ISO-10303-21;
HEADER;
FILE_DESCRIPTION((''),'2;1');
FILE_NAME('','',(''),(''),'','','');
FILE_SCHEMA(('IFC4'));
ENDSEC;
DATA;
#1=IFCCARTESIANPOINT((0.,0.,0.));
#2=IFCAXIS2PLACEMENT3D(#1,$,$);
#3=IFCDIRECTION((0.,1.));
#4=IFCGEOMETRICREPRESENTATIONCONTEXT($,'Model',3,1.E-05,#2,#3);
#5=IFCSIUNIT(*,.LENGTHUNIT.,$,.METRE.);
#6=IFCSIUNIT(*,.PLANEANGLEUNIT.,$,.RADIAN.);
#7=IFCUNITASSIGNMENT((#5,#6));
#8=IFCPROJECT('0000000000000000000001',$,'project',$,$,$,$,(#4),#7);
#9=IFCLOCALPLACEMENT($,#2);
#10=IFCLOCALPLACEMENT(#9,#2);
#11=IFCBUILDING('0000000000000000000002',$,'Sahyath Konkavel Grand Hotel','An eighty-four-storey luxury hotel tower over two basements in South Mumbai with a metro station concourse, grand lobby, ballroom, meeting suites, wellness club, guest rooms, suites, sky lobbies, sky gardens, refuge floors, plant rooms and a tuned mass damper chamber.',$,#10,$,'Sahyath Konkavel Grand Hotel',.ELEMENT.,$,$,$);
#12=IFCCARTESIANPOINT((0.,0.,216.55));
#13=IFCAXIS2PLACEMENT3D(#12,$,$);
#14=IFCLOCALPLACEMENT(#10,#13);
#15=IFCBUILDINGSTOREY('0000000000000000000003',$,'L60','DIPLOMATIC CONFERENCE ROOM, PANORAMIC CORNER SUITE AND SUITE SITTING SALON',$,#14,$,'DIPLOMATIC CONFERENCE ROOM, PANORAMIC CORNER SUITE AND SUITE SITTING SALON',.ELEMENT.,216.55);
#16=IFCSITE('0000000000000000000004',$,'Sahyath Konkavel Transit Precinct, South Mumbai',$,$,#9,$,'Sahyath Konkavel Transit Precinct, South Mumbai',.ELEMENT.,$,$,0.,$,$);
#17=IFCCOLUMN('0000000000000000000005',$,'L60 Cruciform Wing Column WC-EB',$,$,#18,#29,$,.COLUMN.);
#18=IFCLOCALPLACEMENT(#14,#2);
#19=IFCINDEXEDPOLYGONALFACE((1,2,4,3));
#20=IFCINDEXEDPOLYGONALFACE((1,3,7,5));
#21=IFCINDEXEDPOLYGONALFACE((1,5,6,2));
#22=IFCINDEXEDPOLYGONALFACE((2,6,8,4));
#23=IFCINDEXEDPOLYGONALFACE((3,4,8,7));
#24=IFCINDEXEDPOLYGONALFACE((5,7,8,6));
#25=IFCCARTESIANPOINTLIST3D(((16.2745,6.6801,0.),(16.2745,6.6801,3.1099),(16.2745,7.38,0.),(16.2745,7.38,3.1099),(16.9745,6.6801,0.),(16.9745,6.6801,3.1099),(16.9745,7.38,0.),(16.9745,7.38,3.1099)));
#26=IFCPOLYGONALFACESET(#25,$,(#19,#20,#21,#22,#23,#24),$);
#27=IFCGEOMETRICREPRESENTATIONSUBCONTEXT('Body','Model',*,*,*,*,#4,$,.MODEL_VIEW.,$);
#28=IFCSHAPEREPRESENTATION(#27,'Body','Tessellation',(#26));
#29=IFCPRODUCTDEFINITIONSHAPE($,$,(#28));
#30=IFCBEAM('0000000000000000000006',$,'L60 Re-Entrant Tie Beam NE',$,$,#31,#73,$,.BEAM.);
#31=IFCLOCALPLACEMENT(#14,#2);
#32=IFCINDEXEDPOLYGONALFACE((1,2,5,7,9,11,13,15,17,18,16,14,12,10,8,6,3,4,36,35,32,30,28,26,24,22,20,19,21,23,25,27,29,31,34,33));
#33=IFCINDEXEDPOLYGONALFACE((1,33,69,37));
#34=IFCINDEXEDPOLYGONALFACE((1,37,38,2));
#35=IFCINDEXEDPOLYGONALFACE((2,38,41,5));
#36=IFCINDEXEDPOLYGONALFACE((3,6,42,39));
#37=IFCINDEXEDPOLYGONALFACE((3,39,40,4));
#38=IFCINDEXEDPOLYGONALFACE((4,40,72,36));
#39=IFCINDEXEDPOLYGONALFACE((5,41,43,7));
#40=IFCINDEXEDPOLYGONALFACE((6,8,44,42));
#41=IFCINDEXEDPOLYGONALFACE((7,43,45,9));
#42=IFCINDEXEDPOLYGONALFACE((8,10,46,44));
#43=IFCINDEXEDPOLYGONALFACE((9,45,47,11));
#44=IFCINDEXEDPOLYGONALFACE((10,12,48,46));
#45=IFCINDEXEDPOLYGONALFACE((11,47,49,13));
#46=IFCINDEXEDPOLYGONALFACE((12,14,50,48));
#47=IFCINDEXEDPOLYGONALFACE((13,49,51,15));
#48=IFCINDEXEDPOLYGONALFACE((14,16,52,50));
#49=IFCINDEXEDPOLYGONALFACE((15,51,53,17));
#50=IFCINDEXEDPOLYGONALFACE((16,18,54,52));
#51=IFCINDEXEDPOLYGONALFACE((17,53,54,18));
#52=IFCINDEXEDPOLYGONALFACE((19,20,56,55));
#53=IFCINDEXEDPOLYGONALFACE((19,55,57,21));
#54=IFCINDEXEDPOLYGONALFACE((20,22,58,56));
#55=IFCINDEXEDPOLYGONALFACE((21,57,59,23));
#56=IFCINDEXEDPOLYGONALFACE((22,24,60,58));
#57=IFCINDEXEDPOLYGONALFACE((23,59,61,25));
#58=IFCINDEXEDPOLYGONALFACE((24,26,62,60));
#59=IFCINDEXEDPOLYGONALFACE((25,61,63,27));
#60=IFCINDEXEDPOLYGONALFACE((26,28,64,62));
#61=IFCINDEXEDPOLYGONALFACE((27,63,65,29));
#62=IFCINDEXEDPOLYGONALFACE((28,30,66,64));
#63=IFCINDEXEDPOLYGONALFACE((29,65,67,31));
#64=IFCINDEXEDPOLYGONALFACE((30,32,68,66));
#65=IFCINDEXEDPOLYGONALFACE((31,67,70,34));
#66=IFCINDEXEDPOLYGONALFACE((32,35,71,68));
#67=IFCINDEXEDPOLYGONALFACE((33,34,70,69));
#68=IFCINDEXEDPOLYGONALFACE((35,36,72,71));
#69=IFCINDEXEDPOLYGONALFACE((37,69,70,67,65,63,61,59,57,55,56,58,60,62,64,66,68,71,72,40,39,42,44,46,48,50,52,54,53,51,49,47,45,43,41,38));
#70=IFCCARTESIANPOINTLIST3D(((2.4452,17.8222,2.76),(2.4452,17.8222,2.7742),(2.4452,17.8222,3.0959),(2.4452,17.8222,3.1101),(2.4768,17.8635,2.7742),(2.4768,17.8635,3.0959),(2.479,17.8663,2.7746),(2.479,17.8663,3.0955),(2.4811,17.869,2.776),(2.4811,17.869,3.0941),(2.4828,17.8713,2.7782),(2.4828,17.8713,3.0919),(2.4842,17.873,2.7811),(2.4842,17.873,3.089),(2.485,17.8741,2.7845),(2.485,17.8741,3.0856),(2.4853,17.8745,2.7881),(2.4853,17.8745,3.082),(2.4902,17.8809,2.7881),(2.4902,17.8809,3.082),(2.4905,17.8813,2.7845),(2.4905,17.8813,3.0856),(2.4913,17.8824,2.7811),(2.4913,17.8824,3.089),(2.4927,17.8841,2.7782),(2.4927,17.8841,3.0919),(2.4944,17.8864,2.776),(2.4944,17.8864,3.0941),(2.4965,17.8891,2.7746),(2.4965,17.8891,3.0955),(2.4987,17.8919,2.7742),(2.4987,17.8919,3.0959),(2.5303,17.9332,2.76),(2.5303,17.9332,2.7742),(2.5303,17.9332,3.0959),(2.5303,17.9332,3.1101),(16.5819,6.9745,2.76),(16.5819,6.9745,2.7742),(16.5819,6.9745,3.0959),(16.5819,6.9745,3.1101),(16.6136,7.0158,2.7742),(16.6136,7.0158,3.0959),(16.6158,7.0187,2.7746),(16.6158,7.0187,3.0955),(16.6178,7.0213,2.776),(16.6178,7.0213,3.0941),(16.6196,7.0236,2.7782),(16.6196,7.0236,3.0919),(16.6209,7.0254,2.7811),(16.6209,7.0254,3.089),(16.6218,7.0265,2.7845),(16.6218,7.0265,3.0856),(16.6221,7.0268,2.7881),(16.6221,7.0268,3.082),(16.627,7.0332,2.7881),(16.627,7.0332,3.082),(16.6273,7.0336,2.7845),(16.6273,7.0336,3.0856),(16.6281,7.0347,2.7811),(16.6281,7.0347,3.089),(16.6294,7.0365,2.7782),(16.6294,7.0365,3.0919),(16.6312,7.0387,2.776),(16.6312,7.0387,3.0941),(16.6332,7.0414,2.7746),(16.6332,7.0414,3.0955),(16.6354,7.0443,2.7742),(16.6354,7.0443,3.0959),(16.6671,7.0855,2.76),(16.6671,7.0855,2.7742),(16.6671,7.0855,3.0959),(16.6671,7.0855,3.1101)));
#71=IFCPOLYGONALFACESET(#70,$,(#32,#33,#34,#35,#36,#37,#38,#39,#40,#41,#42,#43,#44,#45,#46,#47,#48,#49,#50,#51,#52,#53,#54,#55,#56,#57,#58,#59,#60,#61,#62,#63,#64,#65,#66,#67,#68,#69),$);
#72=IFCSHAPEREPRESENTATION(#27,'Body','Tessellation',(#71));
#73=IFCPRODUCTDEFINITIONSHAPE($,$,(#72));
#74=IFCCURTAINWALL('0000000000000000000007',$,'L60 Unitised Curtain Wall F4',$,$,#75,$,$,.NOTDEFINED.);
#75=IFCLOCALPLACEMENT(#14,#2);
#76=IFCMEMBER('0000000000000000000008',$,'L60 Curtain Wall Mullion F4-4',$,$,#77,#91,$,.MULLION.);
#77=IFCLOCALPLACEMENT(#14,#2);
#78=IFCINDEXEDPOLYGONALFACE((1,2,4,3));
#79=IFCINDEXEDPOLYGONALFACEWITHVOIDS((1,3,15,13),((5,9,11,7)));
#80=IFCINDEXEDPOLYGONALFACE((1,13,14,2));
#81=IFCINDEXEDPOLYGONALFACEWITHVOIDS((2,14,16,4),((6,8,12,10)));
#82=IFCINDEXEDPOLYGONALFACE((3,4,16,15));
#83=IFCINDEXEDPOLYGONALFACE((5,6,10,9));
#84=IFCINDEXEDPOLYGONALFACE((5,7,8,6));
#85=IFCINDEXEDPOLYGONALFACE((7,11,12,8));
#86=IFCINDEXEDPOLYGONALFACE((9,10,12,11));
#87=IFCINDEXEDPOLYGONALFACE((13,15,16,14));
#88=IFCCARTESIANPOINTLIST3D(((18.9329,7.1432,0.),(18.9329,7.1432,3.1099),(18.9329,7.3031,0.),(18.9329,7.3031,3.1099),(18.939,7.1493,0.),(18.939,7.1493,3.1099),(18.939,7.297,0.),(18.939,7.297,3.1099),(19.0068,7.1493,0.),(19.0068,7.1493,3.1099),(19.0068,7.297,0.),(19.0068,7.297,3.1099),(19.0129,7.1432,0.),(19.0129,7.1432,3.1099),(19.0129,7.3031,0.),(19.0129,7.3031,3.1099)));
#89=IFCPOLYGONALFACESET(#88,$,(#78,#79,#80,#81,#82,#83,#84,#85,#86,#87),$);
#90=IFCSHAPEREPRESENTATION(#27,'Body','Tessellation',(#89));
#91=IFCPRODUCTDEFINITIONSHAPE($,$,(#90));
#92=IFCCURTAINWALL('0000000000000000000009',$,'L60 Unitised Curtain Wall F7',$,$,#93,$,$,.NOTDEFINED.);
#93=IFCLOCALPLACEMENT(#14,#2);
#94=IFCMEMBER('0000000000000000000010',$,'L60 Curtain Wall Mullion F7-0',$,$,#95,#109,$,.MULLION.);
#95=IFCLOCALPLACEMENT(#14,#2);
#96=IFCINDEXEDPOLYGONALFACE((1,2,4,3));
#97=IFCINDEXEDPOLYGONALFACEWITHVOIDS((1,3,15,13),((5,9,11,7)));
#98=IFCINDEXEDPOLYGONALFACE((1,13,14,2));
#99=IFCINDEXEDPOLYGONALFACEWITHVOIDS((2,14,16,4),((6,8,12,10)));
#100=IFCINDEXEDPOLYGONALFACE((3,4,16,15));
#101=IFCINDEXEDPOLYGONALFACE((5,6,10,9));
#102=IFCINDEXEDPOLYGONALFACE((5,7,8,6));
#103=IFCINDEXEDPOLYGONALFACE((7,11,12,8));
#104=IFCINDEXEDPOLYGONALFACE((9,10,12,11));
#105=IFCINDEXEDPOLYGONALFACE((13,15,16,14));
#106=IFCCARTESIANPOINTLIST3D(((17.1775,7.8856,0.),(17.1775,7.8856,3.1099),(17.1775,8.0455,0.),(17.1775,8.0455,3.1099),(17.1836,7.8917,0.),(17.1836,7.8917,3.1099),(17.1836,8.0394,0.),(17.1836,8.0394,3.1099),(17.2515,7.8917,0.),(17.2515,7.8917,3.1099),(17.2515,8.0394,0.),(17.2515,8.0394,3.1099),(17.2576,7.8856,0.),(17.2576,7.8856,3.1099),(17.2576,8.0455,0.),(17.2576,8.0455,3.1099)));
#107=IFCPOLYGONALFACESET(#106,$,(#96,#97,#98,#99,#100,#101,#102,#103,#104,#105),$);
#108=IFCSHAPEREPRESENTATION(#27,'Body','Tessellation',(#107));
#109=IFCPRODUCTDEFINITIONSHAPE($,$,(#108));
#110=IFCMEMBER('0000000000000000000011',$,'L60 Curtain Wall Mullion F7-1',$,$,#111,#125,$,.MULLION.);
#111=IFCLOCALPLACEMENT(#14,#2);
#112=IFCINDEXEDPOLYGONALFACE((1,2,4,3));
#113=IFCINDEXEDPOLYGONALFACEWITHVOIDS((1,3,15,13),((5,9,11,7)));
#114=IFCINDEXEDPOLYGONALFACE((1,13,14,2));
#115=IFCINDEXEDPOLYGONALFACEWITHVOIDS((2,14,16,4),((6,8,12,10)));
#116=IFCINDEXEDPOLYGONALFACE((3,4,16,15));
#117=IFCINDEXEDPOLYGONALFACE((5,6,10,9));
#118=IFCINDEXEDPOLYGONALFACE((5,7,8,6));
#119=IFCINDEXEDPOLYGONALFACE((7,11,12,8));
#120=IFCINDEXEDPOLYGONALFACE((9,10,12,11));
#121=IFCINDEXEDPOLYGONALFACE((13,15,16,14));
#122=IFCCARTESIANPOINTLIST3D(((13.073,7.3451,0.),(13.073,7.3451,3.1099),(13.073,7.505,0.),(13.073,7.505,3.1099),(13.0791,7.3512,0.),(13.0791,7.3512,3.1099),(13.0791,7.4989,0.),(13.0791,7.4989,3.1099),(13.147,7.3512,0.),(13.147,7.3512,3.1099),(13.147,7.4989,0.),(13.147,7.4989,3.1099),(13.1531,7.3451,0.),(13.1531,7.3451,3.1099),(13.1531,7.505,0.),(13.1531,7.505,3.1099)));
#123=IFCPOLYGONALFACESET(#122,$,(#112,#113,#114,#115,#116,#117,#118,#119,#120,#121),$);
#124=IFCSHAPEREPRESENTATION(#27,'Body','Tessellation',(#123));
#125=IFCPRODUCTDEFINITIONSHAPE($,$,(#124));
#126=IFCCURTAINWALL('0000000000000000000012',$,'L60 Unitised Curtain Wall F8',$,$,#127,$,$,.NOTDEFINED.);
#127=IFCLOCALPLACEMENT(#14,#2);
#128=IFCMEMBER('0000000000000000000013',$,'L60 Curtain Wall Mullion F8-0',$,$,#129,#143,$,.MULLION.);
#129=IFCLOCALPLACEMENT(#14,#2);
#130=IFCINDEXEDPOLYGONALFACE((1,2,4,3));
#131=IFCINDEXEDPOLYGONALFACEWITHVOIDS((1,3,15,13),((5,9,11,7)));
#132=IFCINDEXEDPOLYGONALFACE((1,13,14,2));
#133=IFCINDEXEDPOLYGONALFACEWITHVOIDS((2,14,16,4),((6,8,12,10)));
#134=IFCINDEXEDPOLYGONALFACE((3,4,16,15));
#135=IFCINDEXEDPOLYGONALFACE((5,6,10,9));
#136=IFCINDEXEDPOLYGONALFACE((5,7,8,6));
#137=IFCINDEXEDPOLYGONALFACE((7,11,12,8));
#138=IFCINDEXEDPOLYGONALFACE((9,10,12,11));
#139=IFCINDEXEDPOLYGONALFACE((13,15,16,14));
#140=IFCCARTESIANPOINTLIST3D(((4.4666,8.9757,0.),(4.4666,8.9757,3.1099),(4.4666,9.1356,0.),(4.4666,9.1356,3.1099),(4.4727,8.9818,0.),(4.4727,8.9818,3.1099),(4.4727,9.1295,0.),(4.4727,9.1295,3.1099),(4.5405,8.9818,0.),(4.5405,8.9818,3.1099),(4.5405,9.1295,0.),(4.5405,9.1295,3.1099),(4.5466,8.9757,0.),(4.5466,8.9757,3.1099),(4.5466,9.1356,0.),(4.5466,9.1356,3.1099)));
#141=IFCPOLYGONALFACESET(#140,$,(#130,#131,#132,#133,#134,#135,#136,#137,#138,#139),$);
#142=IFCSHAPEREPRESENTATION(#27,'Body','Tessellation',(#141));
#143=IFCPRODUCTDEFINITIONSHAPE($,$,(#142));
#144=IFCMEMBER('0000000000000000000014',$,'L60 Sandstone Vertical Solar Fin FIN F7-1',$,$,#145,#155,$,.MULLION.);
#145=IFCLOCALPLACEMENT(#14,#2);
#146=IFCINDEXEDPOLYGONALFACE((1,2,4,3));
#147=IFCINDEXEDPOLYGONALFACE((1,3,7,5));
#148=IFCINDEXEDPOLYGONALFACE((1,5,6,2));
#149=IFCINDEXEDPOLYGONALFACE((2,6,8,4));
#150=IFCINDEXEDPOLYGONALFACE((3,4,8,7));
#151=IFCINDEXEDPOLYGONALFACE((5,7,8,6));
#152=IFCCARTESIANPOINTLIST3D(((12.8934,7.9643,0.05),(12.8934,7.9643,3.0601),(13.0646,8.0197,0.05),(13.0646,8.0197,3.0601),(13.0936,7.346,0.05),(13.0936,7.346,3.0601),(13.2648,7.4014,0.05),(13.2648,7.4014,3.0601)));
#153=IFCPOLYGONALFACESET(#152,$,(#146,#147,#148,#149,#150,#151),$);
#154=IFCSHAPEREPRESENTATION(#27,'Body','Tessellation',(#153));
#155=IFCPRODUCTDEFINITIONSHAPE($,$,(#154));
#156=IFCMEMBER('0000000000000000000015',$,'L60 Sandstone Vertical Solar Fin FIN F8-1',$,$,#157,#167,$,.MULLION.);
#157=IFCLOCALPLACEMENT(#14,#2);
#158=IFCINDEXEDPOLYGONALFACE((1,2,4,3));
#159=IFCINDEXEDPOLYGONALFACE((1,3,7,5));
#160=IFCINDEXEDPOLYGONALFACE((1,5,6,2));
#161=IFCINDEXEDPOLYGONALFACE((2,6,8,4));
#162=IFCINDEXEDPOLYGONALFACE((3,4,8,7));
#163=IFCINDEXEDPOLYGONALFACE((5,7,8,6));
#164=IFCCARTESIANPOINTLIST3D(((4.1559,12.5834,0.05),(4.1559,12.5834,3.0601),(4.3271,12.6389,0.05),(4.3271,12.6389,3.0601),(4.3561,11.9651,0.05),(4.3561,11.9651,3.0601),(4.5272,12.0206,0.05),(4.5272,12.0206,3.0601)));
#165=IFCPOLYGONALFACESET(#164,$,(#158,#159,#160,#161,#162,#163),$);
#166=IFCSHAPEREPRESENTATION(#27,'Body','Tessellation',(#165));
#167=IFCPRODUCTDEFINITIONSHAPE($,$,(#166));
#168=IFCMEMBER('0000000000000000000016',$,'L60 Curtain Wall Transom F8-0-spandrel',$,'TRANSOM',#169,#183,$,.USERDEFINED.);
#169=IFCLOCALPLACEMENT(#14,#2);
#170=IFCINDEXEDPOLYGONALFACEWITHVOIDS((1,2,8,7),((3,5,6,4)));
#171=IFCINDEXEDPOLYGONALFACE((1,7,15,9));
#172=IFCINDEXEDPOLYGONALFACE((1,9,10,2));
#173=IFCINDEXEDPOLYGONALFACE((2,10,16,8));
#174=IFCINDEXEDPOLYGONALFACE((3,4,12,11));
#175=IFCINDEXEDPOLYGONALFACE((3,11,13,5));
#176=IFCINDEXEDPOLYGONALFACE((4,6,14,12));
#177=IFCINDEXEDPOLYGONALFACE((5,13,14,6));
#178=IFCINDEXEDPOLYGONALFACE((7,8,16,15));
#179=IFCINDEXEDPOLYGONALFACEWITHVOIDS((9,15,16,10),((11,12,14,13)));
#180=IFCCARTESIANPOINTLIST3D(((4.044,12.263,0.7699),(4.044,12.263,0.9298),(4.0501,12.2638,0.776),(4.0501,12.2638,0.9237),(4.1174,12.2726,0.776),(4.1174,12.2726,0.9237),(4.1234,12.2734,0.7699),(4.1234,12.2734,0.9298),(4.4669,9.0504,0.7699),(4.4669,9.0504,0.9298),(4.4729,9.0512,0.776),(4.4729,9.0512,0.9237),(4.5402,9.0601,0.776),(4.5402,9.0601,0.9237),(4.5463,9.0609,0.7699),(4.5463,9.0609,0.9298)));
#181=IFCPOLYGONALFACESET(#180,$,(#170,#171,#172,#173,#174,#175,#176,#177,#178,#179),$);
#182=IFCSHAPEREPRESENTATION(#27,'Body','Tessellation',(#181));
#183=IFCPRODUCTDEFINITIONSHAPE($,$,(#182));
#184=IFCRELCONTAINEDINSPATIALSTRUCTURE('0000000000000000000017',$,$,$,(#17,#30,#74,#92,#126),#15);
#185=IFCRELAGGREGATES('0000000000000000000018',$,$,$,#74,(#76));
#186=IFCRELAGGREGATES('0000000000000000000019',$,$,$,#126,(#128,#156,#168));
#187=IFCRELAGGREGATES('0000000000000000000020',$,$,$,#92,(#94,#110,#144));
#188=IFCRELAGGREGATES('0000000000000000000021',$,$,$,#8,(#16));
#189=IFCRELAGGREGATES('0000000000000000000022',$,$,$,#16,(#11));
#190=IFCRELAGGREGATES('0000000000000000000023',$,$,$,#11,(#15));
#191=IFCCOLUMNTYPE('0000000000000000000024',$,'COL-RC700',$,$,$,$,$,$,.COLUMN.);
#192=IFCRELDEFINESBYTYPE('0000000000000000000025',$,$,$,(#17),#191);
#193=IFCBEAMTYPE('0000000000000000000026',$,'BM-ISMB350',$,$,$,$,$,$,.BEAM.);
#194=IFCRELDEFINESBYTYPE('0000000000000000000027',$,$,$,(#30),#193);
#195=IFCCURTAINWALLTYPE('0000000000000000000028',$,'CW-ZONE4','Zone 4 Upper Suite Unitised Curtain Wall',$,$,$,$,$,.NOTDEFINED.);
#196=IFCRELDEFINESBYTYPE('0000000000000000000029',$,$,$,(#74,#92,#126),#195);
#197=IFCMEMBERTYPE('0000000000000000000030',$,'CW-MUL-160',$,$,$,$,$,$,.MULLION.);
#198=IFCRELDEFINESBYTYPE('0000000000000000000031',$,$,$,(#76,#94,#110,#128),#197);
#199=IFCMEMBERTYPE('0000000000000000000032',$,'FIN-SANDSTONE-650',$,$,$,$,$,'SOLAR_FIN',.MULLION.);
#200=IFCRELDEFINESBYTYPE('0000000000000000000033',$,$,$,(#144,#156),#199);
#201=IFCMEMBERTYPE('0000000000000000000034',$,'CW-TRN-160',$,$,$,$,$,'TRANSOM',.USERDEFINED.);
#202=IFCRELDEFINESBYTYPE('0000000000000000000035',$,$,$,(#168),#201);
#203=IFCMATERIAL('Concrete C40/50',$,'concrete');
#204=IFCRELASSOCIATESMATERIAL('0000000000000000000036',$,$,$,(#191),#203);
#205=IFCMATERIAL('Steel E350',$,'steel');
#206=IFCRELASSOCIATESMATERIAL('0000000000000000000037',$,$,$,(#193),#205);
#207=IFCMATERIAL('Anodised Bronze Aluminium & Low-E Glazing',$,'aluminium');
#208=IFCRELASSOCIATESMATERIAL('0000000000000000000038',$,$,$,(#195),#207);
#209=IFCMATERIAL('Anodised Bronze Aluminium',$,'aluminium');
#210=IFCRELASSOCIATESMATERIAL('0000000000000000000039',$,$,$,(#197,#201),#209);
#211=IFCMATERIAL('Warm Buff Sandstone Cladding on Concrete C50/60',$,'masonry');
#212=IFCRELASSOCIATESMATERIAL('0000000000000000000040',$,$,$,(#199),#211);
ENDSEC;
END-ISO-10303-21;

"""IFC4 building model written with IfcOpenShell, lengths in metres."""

from ifc_helpers import new_model, si_unit, direction, frame, origin, origin_2d, place, context, subcontext, project, spatial, rectangle, hollow_rectangle, i_section, extrude, source, transform, mapped, material, material_profile, profile_set, type_object, element, aggregate, save


model = new_model("IFC4")

# Units and contexts
model_context = context("Model", 3, precision=1e-05, world=origin(), true_north=direction((0.0, 1.0)))
body_context = subcontext(model_context, "Body", "Model", "MODEL_VIEW")
ifc_project = project(units=[si_unit("LENGTHUNIT", "METRE"), si_unit("PLANEANGLEUNIT", "RADIAN")], contexts=[model_context])

# Site, building, storey
site_placement = place(None, origin())
site = spatial("IfcSite", under=ifc_project, at=site_placement, Name="Sahyath Konkavel Transit Precinct, South Mumbai", LongName="Sahyath Konkavel Transit Precinct, South Mumbai", CompositionType="ELEMENT", RefElevation=0.0)
building_placement = place(site_placement, origin())
building = spatial("IfcBuilding", under=site, at=building_placement, Name="Sahyath Konkavel Grand Hotel", Description="An eighty-four-storey luxury hotel tower over two basements in South Mumbai with a metro station concourse, grand lobby, ballroom, meeting suites, wellness club, guest rooms, suites, sky lobbies, sky gardens, refuge floors, plant rooms and a tuned mass damper chamber.", LongName="Sahyath Konkavel Grand Hotel", CompositionType="ELEMENT")
storey_placement = place(building_placement, frame((0.0, 0.0, 216.55)))
storey = spatial("IfcBuildingStorey", under=building, at=storey_placement, Name="L60", Description="DIPLOMATIC CONFERENCE ROOM, PANORAMIC CORNER SUITE AND SUITE SITTING SALON", LongName="DIPLOMATIC CONFERENCE ROOM, PANORAMIC CORNER SUITE AND SUITE SITTING SALON", CompositionType="ELEMENT", Elevation=216.55)

# Column
ifc_material_1 = material(Name="Concrete C40/50", Category="concrete")
ifc_material_profile_1 = material_profile(ifc_material_1, rectangle(XDim=0.7, YDim=0.7, at=origin_2d()), Name="RC 700x700")
ifc_profile_set_1 = profile_set([ifc_material_profile_1], Name="Concrete C40/50")
column_type = type_object("IfcColumnType", Name="COL-RC700", PredefinedType="COLUMN", material=ifc_profile_set_1)
shared_shape_1 = source(origin(), body_context, "Body", "SweptSolid", [
    extrude(rectangle(XDim=0.7, YDim=0.7, at=origin_2d()), origin(), (0.0, 0.0, 1.0), 3.1099),
])
column_placement = place(storey_placement, frame((16.6245, 7.03, 0.0), z_axis=(0.0, 0.0, 1.0), x_axis=(1.0, 0.0, 0.0)))
element("IfcColumn", 1, at=column_placement, inside=storey, type_object=column_type, Name="L60 Cruciform Wing Column WC-EB", PredefinedType="COLUMN", context=body_context, shape_type="MappedRepresentation", body=[
    mapped(shared_shape_1, transform((0.0, 0.0, 0.0), scale=1.0)),
])

# Beam
ifc_material_2 = material(Name="Steel E350", Category="steel")
ifc_material_profile_2 = material_profile(ifc_material_2, i_section(OverallWidth=0.1399, OverallDepth=0.3501, WebThickness=0.0081, FlangeThickness=0.0142, FilletRadius=0.0139, at=origin_2d()), Name="ISMB 350")
ifc_profile_set_2 = profile_set([ifc_material_profile_2], Name="Steel E350")
beam_type = type_object("IfcBeamType", Name="BM-ISMB350", PredefinedType="BEAM", material=ifc_profile_set_2)
shared_shape_2 = source(origin(), body_context, "Body", "SweptSolid", [
    extrude(i_section(OverallWidth=0.1399, OverallDepth=0.3501, WebThickness=0.0081, FlangeThickness=0.0142, FilletRadius=0.0139, at=origin_2d()), origin(), (0.0, 0.0, 1.0), 17.8191),
])
beam_placement = place(storey_placement, frame((16.6245, 7.03, 2.9351), z_axis=(-0.793349, 0.608767, 0.0), x_axis=(-0.608767, -0.793349, 0.0)))
element("IfcBeam", 2, at=beam_placement, inside=storey, type_object=beam_type, Name="L60 Re-Entrant Tie Beam NE", PredefinedType="BEAM", context=body_context, shape_type="MappedRepresentation", body=[
    mapped(shared_shape_2, transform((0.0, 0.0, 0.0), scale=1.0)),
])

# Curtain wall, member
ifc_material_3 = material(Name="Anodised Bronze Aluminium & Low-E Glazing", Category="aluminium")
curtain_wall_type = type_object("IfcCurtainWallType", Name="CW-ZONE4", Description="Zone 4 Upper Suite Unitised Curtain Wall", PredefinedType="NOTDEFINED", material=ifc_material_3)
curtain_wall_1_placement = place(storey_placement, origin())
curtain_wall_1 = element("IfcCurtainWall", 3, at=curtain_wall_1_placement, inside=storey, type_object=curtain_wall_type, Name="L60 Unitised Curtain Wall F4", PredefinedType="NOTDEFINED")
ifc_material_4 = material(Name="Anodised Bronze Aluminium", Category="aluminium")
ifc_material_profile_3 = material_profile(ifc_material_4, hollow_rectangle(XDim=0.0801, YDim=0.1599, WallThickness=0.0061, at=origin_2d()), Name="RHS 160x80x6")
ifc_profile_set_3 = profile_set([ifc_material_profile_3], Name="Anodised Bronze Aluminium")
member_type_1 = type_object("IfcMemberType", Name="CW-MUL-160", PredefinedType="MULLION", material=ifc_profile_set_3)
shared_shape_3 = source(origin(), body_context, "Body", "SweptSolid", [
    extrude(hollow_rectangle(XDim=0.0801, YDim=0.1599, WallThickness=0.0061, at=origin_2d()), origin(), (0.0, 0.0, 1.0), 3.1099),
])
member_1_placement = place(storey_placement, frame((18.9729, 7.2231, 0.0), z_axis=(0.0, 0.0, 1.0), x_axis=(1.0, 0.0, 0.0)))
member_1 = element("IfcMember", 4, at=member_1_placement, type_object=member_type_1, Name="L60 Curtain Wall Mullion F4-4", PredefinedType="MULLION", context=body_context, shape_type="MappedRepresentation", body=[
    mapped(shared_shape_3, transform((0.0, 0.0, 0.0), scale=1.0)),
])
aggregate(curtain_wall_1, [member_1])

# Curtain wall, members
curtain_wall_2_placement = place(storey_placement, origin())
curtain_wall_2 = element("IfcCurtainWall", 5, at=curtain_wall_2_placement, inside=storey, type_object=curtain_wall_type, Name="L60 Unitised Curtain Wall F7", PredefinedType="NOTDEFINED")
member_2_placement = place(storey_placement, frame((17.2175, 7.9656, 0.0), z_axis=(0.0, 0.0, 1.0), x_axis=(1.0, 0.0, 0.0)))
member_2 = element("IfcMember", 6, at=member_2_placement, type_object=member_type_1, Name="L60 Curtain Wall Mullion F7-0", PredefinedType="MULLION", context=body_context, shape_type="MappedRepresentation", body=[
    mapped(shared_shape_3, transform((0.0, 0.0, 0.0), scale=1.0)),
])
member_3_placement = place(storey_placement, frame((13.113, 7.425, 0.0), z_axis=(0.0, 0.0, 1.0), x_axis=(1.0, 0.0, 0.0)))
member_3 = element("IfcMember", 7, at=member_3_placement, type_object=member_type_1, Name="L60 Curtain Wall Mullion F7-1", PredefinedType="MULLION", context=body_context, shape_type="MappedRepresentation", body=[
    mapped(shared_shape_3, transform((0.0, 0.0, 0.0), scale=1.0)),
])

# Curtain wall, member
curtain_wall_3_placement = place(storey_placement, origin())
curtain_wall_3 = element("IfcCurtainWall", 8, at=curtain_wall_3_placement, inside=storey, type_object=curtain_wall_type, Name="L60 Unitised Curtain Wall F8", PredefinedType="NOTDEFINED")
member_4_placement = place(storey_placement, frame((4.5066, 9.0557, 0.0), z_axis=(0.0, 0.0, 1.0), x_axis=(1.0, 0.0, 0.0)))
member_4 = element("IfcMember", 9, at=member_4_placement, type_object=member_type_1, Name="L60 Curtain Wall Mullion F8-0", PredefinedType="MULLION", context=body_context, shape_type="MappedRepresentation", body=[
    mapped(shared_shape_3, transform((0.0, 0.0, 0.0), scale=1.0)),
])

# Members
ifc_material_5 = material(Name="Warm Buff Sandstone Cladding on Concrete C50/60", Category="masonry")
ifc_material_profile_4 = material_profile(ifc_material_5, rectangle(XDim=0.1799, YDim=0.6499, at=origin_2d()), Name="FIN 180x650")
ifc_profile_set_4 = profile_set([ifc_material_profile_4], Name="Warm Buff Sandstone Cladding on Concrete C50/60")
member_type_2 = type_object("IfcMemberType", Name="FIN-SANDSTONE-650", ElementType="SOLAR_FIN", PredefinedType="MULLION", material=ifc_profile_set_4)
shared_shape_4 = source(origin(), body_context, "Body", "SweptSolid", [
    extrude(rectangle(XDim=0.1799, YDim=0.6499, at=origin_2d()), origin(), (0.0, 0.0, 1.0), 3.01),
])
member_5_placement = place(storey_placement, frame((13.0791, 7.6829, 0.05), z_axis=(0.0, 0.0, 1.0), x_axis=(0.95138, 0.308021, 0.0)))
member_5 = element("IfcMember", 10, at=member_5_placement, type_object=member_type_2, Name="L60 Sandstone Vertical Solar Fin FIN F7-1", PredefinedType="MULLION", context=body_context, shape_type="MappedRepresentation", body=[
    mapped(shared_shape_4, transform((0.0, 0.0, 0.0), scale=1.0)),
])
member_6_placement = place(storey_placement, frame((4.3416, 12.302, 0.05), z_axis=(0.0, 0.0, 1.0), x_axis=(0.95138, 0.308021, 0.0)))
member_6 = element("IfcMember", 11, at=member_6_placement, type_object=member_type_2, Name="L60 Sandstone Vertical Solar Fin FIN F8-1", PredefinedType="MULLION", context=body_context, shape_type="MappedRepresentation", body=[
    mapped(shared_shape_4, transform((0.0, 0.0, 0.0), scale=1.0)),
])
ifc_material_profile_5 = material_profile(ifc_material_4, hollow_rectangle(XDim=0.0801, YDim=0.1599, WallThickness=0.0061, at=origin_2d()), Name="RHS 160x80x6")
ifc_profile_set_5 = profile_set([ifc_material_profile_5], Name="Anodised Bronze Aluminium")
member_type_3 = type_object("IfcMemberType", Name="CW-TRN-160", ElementType="TRANSOM", PredefinedType="USERDEFINED", material=ifc_profile_set_5)
shared_shape_5 = source(origin(), body_context, "Body", "SweptSolid", [
    extrude(hollow_rectangle(XDim=0.0801, YDim=0.1599, WallThickness=0.0061, at=origin_2d()), origin(), (0.0, 0.0, 1.0), 3.2402),
])
member_7_placement = place(storey_placement, frame((4.5066, 9.0557, 0.8499), z_axis=(-0.130505, 0.991448, 0.0), x_axis=(-0.991448, -0.130505, 0.0)))
member_7 = element("IfcMember", 12, at=member_7_placement, type_object=member_type_3, Name="L60 Curtain Wall Transom F8-0-spandrel", ObjectType="TRANSOM", PredefinedType="USERDEFINED", context=body_context, shape_type="MappedRepresentation", body=[
    mapped(shared_shape_5, transform((0.0, 0.0, 0.0), scale=1.0)),
])

aggregate(curtain_wall_3, [member_4, member_6, member_7])
aggregate(curtain_wall_2, [member_2, member_3, member_5])

save(model, "model.ifc")
